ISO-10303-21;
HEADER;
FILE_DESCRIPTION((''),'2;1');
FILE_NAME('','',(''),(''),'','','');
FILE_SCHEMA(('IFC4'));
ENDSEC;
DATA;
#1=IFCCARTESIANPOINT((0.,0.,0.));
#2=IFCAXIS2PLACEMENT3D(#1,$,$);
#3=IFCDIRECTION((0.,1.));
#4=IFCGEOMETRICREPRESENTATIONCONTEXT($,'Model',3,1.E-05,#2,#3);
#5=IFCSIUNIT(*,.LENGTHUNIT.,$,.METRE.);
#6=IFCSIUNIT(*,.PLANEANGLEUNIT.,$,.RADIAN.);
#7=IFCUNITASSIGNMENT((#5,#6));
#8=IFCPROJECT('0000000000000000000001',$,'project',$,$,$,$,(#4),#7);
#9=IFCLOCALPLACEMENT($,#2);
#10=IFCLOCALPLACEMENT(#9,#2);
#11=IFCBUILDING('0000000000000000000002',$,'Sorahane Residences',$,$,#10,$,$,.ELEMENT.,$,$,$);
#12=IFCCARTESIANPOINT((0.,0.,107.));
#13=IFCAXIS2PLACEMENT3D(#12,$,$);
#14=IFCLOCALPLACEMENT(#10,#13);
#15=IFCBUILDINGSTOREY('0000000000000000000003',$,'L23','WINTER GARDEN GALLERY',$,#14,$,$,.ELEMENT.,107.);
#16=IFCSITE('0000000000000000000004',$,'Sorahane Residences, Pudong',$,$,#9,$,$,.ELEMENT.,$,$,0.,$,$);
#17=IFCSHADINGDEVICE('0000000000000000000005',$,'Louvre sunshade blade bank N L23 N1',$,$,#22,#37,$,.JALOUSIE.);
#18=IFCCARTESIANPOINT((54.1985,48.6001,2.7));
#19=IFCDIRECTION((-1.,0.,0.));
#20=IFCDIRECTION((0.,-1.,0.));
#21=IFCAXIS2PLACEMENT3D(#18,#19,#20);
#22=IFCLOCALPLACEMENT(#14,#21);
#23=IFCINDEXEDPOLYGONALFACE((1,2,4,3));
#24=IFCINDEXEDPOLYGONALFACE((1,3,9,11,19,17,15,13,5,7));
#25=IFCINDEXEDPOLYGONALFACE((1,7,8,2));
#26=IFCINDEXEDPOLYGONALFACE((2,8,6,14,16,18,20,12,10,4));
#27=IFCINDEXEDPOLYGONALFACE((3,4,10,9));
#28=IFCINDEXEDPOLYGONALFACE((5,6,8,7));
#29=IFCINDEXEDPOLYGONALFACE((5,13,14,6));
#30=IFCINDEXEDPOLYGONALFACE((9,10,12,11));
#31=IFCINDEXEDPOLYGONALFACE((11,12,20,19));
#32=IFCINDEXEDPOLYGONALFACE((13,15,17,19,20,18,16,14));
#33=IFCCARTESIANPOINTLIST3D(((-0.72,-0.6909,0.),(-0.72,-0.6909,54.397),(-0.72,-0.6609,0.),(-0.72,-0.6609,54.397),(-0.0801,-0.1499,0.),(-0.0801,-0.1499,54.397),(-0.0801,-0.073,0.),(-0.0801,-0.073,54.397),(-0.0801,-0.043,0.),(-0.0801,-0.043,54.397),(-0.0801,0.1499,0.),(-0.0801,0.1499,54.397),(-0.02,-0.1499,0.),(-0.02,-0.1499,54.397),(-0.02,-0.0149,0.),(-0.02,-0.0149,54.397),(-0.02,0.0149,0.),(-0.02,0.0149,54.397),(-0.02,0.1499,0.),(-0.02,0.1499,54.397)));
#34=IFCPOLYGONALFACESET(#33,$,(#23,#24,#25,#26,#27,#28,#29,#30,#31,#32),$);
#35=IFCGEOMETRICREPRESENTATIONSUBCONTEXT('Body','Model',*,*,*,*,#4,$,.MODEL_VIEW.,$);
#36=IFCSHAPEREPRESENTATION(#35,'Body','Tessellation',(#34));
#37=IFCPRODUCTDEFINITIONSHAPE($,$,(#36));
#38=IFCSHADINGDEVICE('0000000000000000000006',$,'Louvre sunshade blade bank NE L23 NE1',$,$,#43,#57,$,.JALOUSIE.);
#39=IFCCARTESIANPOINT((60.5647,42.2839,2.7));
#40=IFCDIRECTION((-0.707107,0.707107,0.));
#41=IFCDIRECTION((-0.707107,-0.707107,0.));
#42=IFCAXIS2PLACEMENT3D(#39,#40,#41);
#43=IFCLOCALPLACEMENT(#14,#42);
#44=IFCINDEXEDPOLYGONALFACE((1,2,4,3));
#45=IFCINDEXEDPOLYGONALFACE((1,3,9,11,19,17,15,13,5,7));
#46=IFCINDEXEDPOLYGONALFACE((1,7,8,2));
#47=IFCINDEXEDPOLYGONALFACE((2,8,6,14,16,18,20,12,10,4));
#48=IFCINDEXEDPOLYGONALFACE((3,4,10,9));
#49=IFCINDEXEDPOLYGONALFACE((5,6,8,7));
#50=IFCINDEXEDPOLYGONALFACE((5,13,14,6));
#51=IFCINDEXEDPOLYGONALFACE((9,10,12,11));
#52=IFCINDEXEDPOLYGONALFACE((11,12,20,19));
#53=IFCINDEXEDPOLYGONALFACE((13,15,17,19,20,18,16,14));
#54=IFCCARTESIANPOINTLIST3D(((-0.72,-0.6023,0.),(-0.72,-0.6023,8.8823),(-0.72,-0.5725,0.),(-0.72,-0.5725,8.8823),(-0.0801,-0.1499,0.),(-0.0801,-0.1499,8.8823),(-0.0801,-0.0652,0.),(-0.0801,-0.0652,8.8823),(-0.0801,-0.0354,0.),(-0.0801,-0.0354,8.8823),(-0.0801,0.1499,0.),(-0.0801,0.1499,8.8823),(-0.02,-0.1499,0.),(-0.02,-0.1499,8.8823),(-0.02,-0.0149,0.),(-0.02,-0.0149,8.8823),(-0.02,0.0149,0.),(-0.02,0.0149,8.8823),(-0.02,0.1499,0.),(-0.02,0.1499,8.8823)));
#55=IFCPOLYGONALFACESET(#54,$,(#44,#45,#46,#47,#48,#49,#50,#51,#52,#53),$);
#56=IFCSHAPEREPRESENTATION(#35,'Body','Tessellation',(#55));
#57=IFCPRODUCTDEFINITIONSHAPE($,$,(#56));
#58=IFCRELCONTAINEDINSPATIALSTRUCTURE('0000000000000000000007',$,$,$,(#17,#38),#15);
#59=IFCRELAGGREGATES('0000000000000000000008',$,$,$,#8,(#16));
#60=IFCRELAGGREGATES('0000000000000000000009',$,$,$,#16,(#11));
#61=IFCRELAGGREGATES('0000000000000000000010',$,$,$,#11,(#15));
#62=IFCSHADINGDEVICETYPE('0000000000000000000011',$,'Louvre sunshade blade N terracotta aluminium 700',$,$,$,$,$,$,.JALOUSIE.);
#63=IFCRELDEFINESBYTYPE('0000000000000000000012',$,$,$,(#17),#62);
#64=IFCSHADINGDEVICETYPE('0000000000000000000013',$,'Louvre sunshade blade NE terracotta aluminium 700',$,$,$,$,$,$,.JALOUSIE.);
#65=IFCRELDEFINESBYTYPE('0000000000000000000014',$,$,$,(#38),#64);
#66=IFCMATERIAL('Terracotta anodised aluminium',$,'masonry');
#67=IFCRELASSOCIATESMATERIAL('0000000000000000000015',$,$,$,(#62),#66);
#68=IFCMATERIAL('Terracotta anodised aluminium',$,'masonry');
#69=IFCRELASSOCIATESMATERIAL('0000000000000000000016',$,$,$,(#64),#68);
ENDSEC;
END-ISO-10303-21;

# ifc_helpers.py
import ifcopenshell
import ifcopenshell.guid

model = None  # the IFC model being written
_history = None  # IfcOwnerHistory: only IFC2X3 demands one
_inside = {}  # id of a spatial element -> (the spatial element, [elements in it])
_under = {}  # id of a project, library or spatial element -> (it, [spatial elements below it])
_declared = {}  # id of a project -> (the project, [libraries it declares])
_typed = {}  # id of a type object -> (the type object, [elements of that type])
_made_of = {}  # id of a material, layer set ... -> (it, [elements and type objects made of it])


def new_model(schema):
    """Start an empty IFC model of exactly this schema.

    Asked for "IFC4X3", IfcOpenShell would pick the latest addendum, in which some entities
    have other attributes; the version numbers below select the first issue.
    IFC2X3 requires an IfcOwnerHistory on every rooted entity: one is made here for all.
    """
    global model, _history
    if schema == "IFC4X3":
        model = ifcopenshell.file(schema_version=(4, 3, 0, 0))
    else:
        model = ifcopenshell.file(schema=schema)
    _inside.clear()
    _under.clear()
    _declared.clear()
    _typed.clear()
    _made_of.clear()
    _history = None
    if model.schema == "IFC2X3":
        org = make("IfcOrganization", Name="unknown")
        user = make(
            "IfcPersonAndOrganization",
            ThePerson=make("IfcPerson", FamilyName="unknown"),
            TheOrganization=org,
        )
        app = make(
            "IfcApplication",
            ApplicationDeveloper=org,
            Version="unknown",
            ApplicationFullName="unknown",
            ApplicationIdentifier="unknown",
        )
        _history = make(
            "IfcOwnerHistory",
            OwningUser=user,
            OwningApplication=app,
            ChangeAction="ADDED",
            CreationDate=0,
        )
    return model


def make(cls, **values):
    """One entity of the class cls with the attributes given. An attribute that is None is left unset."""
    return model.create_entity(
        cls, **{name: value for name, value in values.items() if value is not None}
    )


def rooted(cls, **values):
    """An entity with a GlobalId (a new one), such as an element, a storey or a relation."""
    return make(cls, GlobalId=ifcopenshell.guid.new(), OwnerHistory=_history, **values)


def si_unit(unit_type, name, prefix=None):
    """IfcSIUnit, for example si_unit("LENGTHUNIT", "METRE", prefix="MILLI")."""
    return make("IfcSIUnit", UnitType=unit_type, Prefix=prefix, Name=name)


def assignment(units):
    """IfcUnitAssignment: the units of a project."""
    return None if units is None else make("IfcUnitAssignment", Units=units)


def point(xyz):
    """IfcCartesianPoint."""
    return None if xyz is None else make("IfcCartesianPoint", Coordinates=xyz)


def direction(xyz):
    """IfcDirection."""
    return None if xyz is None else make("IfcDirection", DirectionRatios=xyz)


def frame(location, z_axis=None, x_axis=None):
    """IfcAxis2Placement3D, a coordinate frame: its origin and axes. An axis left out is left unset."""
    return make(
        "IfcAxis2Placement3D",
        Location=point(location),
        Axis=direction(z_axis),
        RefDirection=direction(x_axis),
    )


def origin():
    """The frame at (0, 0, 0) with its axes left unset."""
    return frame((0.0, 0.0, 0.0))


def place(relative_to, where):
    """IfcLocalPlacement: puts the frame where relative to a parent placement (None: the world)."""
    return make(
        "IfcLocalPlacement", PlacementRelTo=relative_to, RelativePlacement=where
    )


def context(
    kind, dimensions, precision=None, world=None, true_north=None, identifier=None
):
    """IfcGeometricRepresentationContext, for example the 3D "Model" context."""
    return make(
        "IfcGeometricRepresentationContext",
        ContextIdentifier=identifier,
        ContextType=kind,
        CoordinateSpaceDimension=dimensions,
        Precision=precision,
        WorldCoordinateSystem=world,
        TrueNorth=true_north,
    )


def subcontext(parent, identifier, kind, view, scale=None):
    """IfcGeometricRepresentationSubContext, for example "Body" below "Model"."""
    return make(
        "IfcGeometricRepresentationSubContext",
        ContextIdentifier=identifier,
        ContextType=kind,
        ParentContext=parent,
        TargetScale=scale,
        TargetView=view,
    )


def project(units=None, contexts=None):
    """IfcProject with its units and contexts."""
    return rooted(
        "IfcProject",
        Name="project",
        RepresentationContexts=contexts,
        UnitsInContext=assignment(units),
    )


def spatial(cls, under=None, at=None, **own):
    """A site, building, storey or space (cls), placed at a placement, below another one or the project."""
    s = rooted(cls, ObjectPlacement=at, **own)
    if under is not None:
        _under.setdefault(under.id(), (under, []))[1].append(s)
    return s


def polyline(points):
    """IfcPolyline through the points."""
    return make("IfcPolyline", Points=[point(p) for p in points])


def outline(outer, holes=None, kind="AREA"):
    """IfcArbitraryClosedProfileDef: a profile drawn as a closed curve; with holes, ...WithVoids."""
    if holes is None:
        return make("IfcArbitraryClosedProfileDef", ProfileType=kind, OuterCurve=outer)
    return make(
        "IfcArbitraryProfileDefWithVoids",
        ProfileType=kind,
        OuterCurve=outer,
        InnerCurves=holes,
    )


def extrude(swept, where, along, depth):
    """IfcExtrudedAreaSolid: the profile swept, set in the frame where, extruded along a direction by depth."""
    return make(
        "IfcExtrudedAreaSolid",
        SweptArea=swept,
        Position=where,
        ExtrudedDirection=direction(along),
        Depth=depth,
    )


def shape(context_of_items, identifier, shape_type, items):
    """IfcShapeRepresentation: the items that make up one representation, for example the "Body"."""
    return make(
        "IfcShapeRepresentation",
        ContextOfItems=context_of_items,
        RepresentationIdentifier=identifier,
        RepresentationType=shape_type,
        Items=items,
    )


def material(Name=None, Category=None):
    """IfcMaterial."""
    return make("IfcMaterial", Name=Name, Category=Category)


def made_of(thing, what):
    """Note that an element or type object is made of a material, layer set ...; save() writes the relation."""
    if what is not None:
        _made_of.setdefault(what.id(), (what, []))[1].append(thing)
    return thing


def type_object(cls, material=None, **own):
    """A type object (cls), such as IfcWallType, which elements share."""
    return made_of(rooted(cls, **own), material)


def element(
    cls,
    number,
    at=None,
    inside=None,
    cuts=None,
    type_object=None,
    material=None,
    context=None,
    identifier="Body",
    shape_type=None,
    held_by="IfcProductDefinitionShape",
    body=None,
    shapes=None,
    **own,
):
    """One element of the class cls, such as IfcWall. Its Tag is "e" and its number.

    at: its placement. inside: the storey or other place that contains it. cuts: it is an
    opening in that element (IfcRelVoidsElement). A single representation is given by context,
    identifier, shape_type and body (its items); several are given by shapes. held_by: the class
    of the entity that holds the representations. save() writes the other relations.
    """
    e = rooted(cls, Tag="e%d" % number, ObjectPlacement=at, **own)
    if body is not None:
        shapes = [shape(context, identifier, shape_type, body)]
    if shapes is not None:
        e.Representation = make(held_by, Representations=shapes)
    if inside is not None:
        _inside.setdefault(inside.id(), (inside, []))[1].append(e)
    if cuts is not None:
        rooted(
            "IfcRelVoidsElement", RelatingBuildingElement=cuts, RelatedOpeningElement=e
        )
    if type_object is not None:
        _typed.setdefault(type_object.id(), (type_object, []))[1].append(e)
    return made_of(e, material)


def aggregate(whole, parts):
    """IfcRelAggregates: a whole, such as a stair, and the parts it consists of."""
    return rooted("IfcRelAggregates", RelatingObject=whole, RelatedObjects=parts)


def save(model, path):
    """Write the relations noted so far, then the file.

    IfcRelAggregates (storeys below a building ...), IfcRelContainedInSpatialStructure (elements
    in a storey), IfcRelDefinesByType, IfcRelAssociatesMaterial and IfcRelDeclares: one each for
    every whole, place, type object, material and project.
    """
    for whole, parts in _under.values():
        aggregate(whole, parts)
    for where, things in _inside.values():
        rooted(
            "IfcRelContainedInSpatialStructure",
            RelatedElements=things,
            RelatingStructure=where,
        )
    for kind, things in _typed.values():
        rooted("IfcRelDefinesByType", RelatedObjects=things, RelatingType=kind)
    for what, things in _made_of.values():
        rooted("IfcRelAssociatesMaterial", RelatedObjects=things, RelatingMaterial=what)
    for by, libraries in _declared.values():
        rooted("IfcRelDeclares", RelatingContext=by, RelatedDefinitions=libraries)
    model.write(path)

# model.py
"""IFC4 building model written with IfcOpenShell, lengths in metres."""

from ifc_helpers import new_model, si_unit, direction, frame, origin, place, context, subcontext, project, spatial, polyline, outline, extrude, material, type_object, element, save


model = new_model("IFC4")

# Units and contexts
model_context = context("Model", 3, precision=1e-05, world=origin(), true_north=direction((0.0, 1.0)))
body_context = subcontext(model_context, "Body", "Model", "MODEL_VIEW")
ifc_project = project(units=[si_unit("LENGTHUNIT", "METRE"), si_unit("PLANEANGLEUNIT", "RADIAN")], contexts=[model_context])

# Site, building, storey
site_placement = place(None, origin())
site = spatial("IfcSite", under=ifc_project, at=site_placement, Name="Sorahane Residences, Pudong", CompositionType="ELEMENT", RefElevation=0.0)
building_placement = place(site_placement, origin())
building = spatial("IfcBuilding", under=site, at=building_placement, Name="Sorahane Residences", CompositionType="ELEMENT")
storey_placement = place(building_placement, frame((0.0, 0.0, 107.0)))
storey = spatial("IfcBuildingStorey", under=building, at=storey_placement, Name="L23", Description="WINTER GARDEN GALLERY", CompositionType="ELEMENT", Elevation=107.0)

# Shading devices
ifc_material_1 = material(Name="Terracotta anodised aluminium", Category="masonry")
shading_device_type_1 = type_object("IfcShadingDeviceType", Name="Louvre sunshade blade N terracotta aluminium 700", PredefinedType="JALOUSIE", material=ifc_material_1)
shading_device_1_placement = place(storey_placement, frame((54.1985, 48.6001, 2.7), z_axis=(-1.0, 0.0, 0.0), x_axis=(0.0, -1.0, 0.0)))
element("IfcShadingDevice", 1, at=shading_device_1_placement, inside=storey, type_object=shading_device_type_1, Name="Louvre sunshade blade bank N L23 N1", PredefinedType="JALOUSIE", context=body_context, shape_type="SweptSolid", body=[
    extrude(outline(polyline([(-0.72, -0.6609), (-0.72, -0.6909), (-0.0801, -0.073), (-0.0801, -0.1499), (-0.02, -0.1499), (-0.02, -0.0149), (-0.02, 0.0149), (-0.02, 0.1499), (-0.0801, 0.1499), (-0.0801, -0.043), (-0.72, -0.6609)])), origin(), (0.0, 0.0, 1.0), 54.397),
])
ifc_material_2 = material(Name="Terracotta anodised aluminium", Category="masonry")
shading_device_type_2 = type_object("IfcShadingDeviceType", Name="Louvre sunshade blade NE terracotta aluminium 700", PredefinedType="JALOUSIE", material=ifc_material_2)
shading_device_2_placement = place(storey_placement, frame((60.5647, 42.2839, 2.7), z_axis=(-0.707107, 0.707107, 0.0), x_axis=(-0.707107, -0.707107, 0.0)))
element("IfcShadingDevice", 2, at=shading_device_2_placement, inside=storey, type_object=shading_device_type_2, Name="Louvre sunshade blade bank NE L23 NE1", PredefinedType="JALOUSIE", context=body_context, shape_type="SweptSolid", body=[
    extrude(outline(polyline([(-0.72, -0.5725), (-0.72, -0.6023), (-0.0801, -0.0652), (-0.0801, -0.1499), (-0.02, -0.1499), (-0.02, -0.0149), (-0.02, 0.0149), (-0.02, 0.1499), (-0.0801, 0.1499), (-0.0801, -0.0354), (-0.72, -0.5725)])), origin(), (0.0, 0.0, 1.0), 8.8823),
])

save(model, "model.ifc")
